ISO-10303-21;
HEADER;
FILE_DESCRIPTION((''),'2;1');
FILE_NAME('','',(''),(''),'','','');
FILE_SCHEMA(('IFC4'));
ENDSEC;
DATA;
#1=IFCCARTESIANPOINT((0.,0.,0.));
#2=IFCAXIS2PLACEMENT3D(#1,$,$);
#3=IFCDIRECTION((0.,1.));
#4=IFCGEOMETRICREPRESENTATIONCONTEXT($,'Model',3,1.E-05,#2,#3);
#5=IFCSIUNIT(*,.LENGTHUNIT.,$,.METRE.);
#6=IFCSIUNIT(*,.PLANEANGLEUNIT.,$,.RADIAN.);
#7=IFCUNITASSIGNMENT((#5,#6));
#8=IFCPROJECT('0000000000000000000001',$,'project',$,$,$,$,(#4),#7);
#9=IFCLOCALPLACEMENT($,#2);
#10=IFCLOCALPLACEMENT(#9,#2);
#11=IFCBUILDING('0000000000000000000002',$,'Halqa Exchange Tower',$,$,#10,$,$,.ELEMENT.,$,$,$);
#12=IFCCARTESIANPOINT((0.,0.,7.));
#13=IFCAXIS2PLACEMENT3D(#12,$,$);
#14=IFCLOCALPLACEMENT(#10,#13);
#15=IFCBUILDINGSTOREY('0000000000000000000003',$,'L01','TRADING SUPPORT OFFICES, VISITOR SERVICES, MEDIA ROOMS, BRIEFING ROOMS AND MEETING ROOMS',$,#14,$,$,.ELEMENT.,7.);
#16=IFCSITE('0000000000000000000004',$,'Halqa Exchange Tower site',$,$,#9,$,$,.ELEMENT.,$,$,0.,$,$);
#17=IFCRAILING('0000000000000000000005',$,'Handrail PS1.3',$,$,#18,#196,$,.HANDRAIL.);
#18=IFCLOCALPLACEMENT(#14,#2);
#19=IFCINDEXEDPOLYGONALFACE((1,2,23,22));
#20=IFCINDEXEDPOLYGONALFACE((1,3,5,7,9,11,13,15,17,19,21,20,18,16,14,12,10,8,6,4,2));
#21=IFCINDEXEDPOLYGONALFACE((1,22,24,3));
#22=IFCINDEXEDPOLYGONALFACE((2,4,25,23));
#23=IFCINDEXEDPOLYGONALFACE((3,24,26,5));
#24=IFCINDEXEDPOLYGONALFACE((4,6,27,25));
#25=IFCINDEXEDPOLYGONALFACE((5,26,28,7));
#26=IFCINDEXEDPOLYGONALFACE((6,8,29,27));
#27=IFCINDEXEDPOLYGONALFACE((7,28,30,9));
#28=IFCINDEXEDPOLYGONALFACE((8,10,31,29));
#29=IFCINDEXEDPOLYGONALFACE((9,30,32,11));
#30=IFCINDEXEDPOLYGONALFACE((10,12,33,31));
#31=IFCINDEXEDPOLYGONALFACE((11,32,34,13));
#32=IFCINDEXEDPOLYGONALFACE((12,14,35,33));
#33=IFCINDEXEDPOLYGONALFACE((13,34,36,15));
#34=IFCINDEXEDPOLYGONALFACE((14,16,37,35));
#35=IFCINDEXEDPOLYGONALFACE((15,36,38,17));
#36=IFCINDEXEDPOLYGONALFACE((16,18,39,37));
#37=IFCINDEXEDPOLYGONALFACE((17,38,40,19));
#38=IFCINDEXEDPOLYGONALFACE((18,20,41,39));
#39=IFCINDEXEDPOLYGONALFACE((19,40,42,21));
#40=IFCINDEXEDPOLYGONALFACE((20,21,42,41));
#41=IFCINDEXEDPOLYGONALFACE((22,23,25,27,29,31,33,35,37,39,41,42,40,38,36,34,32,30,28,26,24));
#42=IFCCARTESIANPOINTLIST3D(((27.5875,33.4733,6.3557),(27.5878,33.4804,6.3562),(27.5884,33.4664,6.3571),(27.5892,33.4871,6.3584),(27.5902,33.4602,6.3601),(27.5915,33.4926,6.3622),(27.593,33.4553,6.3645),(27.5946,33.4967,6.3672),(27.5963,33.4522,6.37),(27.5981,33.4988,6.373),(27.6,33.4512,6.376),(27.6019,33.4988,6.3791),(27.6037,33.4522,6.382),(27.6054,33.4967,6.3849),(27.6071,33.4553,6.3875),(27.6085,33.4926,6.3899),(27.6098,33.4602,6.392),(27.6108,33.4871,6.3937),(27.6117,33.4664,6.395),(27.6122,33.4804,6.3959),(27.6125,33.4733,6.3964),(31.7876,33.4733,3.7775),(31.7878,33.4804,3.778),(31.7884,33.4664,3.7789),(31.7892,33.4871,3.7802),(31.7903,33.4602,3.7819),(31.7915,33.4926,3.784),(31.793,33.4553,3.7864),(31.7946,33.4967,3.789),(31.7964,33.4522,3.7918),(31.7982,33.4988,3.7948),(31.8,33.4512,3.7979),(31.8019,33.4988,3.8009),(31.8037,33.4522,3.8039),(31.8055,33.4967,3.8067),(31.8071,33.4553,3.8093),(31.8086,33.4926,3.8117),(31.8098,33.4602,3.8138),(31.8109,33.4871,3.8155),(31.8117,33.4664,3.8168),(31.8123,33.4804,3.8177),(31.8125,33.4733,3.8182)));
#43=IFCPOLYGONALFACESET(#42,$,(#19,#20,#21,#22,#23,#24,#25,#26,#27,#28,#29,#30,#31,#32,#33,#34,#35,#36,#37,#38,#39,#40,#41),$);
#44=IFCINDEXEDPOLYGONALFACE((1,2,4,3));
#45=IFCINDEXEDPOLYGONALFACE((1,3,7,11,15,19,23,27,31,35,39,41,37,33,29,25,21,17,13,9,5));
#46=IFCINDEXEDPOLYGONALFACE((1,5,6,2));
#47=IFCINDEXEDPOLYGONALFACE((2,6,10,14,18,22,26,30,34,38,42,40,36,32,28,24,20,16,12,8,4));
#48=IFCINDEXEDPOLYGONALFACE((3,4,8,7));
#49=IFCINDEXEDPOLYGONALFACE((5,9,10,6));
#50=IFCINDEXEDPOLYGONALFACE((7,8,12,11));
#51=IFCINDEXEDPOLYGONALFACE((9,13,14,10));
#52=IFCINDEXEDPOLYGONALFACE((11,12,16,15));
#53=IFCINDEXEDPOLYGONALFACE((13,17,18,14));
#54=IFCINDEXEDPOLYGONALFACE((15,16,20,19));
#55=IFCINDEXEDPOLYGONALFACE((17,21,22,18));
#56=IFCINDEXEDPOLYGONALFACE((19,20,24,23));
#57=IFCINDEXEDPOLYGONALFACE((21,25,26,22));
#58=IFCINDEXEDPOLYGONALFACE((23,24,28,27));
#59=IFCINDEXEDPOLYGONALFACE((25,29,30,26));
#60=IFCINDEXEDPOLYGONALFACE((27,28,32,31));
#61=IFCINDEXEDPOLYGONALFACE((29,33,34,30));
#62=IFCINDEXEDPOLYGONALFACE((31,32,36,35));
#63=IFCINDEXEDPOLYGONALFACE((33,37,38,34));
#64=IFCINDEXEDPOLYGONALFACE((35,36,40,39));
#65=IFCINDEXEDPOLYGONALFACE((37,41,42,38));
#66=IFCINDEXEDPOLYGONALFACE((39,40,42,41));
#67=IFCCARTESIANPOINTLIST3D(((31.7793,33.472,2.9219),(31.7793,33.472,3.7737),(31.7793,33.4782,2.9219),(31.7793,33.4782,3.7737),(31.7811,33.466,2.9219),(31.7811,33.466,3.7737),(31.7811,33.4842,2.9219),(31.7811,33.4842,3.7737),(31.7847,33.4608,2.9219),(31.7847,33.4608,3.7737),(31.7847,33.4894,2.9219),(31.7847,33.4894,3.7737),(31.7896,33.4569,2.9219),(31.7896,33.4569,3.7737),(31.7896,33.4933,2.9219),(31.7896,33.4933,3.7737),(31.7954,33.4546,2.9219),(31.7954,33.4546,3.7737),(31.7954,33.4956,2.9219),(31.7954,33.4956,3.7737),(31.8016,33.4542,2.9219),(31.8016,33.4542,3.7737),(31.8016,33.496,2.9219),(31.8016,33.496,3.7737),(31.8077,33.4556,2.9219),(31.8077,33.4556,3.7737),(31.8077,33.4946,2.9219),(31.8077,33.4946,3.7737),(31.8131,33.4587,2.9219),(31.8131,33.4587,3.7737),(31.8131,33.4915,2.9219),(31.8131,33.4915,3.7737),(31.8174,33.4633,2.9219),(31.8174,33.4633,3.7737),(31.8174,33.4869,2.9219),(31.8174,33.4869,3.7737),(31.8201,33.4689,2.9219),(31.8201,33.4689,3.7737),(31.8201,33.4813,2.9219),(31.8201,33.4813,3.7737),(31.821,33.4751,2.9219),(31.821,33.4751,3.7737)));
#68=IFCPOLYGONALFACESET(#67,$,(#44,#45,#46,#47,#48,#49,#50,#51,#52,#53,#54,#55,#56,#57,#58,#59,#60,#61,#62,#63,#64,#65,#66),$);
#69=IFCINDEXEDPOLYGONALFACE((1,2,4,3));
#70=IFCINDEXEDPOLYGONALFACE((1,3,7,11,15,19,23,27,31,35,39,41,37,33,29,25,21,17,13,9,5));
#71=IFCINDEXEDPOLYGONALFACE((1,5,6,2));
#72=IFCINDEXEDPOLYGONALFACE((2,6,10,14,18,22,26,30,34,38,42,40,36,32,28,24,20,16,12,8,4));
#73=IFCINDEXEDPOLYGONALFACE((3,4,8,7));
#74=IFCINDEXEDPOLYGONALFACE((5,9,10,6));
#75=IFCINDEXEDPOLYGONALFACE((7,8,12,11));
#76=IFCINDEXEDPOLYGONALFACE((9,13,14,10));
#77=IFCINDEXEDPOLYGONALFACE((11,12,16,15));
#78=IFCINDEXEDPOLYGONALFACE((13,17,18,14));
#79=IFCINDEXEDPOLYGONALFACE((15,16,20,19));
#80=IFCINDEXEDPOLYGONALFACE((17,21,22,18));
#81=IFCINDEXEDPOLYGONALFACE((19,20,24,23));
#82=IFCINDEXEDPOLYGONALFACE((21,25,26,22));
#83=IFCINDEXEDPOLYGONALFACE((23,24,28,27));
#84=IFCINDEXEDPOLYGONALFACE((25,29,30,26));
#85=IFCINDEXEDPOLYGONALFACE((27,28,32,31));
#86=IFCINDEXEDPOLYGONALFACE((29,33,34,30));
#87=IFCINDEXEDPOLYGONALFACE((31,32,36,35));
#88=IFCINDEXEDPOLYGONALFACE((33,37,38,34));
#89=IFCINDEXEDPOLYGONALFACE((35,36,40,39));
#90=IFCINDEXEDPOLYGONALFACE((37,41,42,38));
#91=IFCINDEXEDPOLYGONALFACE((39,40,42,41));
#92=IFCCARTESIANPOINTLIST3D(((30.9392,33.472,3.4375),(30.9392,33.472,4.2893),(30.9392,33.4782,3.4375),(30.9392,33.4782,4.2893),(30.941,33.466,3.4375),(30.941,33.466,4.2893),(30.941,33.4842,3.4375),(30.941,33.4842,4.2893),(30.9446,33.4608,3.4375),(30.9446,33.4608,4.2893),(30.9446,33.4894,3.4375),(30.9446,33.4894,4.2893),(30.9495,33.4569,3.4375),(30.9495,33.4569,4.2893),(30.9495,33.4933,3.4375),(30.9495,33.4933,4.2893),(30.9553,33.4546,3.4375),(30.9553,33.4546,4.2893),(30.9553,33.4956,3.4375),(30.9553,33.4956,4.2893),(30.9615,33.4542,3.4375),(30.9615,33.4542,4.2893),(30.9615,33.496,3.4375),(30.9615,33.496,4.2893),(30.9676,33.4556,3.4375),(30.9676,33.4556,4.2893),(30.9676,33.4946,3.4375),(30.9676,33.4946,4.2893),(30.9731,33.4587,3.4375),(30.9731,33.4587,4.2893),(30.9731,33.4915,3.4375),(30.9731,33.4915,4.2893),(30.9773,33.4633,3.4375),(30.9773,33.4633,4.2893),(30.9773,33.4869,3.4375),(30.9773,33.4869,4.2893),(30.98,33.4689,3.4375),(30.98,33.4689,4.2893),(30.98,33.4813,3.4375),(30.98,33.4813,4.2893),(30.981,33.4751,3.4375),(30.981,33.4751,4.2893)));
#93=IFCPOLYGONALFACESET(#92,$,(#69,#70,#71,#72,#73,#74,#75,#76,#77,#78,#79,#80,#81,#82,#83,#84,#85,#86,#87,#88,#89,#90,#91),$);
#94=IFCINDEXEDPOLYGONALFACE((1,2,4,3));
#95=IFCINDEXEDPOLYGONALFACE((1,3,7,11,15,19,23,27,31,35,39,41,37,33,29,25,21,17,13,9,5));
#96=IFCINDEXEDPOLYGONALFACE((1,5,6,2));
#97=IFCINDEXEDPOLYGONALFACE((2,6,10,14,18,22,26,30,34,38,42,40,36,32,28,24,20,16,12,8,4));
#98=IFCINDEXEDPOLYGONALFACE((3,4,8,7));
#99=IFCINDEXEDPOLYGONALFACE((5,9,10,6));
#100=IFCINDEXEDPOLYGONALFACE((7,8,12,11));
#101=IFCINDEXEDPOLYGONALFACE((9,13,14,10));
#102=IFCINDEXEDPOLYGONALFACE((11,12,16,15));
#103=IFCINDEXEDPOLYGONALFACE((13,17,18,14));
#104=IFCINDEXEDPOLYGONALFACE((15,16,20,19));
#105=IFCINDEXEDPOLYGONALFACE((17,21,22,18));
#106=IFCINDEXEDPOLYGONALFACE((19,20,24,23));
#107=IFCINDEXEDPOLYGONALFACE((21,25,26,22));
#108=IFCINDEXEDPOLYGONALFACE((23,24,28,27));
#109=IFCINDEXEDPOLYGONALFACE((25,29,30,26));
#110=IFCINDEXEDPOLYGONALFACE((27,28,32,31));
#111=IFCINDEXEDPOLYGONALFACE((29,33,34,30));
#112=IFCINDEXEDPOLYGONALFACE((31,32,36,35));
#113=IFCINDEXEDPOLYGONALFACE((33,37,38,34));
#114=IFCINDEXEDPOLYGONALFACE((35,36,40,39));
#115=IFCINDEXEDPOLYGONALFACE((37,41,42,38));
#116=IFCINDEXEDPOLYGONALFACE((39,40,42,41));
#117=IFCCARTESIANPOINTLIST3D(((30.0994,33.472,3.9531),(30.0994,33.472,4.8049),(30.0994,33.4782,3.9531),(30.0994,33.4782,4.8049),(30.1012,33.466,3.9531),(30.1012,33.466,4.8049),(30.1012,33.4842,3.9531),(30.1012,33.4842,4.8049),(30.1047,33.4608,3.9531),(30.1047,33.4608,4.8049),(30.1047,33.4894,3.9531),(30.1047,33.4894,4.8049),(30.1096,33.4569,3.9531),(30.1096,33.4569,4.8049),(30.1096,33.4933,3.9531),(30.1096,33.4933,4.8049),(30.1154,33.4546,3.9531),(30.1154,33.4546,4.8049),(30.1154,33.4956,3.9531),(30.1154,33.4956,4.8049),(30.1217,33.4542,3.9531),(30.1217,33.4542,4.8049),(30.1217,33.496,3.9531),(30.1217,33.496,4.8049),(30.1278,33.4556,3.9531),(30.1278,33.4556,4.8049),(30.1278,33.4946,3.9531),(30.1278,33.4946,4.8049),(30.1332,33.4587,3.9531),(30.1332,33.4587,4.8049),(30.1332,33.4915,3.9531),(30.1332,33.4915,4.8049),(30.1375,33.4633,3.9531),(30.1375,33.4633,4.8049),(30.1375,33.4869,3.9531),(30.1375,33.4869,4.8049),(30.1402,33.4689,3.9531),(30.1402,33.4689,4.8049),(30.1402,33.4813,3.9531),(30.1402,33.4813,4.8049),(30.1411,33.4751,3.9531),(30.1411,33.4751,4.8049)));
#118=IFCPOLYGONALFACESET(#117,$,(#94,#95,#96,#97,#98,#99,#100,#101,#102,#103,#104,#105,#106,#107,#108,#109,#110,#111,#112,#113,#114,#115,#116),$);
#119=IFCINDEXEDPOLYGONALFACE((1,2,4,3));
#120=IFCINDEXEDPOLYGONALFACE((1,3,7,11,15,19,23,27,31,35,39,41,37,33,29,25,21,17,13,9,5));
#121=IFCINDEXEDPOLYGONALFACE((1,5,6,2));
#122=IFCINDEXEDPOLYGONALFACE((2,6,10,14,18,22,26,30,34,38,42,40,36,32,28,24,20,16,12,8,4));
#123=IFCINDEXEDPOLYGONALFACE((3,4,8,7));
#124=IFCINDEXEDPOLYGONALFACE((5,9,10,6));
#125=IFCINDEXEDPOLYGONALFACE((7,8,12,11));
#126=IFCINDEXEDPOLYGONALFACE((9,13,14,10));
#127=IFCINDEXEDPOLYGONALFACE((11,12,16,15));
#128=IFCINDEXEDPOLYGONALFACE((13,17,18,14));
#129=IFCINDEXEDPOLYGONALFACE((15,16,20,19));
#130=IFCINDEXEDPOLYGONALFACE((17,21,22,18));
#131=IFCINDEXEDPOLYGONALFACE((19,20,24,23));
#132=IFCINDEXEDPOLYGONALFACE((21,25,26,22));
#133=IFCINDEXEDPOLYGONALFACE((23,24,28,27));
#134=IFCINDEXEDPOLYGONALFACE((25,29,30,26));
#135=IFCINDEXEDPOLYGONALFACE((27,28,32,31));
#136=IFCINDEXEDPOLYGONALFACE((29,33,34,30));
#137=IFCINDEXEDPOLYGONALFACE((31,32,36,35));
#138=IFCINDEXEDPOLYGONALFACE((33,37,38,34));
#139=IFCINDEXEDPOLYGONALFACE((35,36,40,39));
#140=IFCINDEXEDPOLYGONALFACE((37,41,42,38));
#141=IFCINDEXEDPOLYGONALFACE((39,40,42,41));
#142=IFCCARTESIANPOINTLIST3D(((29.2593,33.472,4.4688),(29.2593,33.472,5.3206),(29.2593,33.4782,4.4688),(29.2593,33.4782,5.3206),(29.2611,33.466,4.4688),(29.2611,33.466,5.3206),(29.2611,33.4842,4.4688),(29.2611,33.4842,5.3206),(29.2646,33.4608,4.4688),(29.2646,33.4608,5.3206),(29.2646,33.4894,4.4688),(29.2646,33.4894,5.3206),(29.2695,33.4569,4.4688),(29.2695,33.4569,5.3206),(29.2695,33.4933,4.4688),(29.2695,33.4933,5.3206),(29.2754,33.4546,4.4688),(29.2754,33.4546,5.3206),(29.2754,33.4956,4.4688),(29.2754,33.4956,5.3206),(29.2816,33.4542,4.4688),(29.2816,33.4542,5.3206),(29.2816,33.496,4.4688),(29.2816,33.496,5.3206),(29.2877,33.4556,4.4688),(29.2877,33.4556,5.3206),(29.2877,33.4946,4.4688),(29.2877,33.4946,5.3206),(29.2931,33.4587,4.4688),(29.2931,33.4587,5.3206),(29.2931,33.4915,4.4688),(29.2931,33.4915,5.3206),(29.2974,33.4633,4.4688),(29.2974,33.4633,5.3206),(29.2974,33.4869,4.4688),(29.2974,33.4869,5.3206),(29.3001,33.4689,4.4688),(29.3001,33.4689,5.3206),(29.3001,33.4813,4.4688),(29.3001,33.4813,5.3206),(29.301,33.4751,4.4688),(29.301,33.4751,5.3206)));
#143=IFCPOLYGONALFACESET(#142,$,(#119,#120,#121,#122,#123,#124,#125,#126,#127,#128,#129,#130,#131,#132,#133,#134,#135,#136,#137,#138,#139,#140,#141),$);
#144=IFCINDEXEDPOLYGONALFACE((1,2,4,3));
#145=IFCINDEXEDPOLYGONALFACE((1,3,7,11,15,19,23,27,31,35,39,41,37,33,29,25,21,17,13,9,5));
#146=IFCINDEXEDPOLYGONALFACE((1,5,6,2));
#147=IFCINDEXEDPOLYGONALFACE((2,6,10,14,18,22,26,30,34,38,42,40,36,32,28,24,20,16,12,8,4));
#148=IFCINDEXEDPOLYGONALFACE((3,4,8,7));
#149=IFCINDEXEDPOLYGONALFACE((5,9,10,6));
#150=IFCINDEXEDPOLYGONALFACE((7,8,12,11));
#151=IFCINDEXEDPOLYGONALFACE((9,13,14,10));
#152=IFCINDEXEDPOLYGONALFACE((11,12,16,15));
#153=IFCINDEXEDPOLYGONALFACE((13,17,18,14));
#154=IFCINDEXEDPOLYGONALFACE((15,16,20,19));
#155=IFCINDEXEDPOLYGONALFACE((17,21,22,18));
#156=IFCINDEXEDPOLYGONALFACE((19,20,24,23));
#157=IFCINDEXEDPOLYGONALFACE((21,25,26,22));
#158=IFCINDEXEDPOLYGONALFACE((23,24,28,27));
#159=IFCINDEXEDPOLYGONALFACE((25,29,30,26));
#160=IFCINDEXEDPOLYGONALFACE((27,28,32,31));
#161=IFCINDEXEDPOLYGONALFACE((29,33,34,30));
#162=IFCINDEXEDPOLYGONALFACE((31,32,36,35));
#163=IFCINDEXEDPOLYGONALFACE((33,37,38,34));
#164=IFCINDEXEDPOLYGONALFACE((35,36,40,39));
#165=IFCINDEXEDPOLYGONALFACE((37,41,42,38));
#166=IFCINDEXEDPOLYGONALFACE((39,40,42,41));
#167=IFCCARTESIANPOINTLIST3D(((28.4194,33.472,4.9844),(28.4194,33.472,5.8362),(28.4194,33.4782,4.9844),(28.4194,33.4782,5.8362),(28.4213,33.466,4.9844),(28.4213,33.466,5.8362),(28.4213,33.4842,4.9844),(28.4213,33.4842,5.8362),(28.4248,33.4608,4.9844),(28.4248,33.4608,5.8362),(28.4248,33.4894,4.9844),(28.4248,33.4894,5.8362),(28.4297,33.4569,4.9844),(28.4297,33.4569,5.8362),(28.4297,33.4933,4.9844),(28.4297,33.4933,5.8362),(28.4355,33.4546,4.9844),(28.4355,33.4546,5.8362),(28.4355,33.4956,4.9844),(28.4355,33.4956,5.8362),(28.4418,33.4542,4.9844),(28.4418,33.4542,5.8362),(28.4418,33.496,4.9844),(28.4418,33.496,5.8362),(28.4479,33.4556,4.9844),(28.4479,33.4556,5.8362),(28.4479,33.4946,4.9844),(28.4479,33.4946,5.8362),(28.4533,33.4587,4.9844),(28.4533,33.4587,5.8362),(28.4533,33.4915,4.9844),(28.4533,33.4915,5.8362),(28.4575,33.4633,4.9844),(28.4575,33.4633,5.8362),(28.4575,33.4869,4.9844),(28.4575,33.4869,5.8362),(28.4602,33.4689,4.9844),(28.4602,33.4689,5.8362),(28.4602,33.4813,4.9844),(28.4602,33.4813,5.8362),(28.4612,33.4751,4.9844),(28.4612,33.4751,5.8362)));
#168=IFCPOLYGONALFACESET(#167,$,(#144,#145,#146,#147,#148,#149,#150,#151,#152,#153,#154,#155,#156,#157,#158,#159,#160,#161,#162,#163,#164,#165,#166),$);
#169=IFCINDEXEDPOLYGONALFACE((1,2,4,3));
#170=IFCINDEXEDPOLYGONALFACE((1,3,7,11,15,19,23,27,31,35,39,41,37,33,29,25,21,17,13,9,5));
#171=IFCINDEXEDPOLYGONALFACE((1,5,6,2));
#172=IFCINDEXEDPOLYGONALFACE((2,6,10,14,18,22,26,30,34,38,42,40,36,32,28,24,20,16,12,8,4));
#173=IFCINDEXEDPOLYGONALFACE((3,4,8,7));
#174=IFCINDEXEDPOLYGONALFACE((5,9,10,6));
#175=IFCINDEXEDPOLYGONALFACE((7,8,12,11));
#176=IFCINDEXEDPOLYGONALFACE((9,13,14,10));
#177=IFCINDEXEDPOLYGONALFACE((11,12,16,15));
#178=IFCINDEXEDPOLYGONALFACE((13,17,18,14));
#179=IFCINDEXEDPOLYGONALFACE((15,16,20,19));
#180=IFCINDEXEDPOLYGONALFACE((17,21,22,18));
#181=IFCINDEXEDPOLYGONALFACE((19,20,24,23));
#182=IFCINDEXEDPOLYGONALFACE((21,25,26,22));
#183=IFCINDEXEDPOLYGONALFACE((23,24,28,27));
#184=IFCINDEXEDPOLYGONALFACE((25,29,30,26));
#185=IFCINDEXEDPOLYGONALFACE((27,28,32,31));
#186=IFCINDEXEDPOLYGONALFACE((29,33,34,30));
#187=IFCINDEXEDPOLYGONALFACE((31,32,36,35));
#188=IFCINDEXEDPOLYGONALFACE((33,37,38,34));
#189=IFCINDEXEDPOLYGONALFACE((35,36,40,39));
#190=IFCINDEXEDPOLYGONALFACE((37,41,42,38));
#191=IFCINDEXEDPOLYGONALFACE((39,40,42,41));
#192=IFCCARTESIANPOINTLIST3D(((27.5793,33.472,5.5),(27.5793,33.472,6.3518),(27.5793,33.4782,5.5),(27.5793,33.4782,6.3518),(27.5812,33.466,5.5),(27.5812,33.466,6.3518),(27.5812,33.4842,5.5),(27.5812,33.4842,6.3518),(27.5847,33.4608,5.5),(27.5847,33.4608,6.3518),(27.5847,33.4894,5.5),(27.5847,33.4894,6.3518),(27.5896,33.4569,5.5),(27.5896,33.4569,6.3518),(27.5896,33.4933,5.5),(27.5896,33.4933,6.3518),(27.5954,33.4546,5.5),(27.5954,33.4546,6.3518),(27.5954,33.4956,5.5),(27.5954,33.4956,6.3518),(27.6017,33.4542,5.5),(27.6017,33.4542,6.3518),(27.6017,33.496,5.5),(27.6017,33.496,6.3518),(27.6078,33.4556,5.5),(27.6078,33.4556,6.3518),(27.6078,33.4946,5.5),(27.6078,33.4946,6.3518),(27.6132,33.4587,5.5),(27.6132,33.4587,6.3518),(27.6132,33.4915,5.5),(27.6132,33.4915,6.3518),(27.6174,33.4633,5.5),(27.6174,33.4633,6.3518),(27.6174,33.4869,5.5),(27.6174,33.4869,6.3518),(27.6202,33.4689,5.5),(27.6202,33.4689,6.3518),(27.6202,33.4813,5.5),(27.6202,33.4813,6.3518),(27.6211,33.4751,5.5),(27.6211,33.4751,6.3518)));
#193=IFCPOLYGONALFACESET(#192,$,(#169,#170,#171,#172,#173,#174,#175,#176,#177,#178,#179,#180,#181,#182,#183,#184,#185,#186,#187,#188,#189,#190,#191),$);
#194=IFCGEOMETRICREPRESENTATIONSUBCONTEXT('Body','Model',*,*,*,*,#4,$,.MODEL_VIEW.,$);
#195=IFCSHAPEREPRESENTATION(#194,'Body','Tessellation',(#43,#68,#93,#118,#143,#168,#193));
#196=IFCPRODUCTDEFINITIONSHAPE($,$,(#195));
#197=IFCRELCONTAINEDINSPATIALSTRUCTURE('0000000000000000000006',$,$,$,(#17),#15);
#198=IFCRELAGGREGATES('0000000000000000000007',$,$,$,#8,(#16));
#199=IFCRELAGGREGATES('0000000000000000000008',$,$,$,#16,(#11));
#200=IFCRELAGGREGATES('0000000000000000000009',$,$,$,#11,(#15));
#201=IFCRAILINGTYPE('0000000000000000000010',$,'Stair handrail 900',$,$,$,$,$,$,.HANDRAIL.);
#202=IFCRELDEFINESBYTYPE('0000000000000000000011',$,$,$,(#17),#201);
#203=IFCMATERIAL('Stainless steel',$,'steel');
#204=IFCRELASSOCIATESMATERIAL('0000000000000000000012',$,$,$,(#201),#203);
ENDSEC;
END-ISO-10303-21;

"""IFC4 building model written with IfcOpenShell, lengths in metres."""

from ifc_helpers import new_model, si_unit, direction, frame, origin, origin_2d, place, context, subcontext, project, spatial, circle, extrude, material, type_object, element, save


model = new_model("IFC4")

# Units and contexts
model_context = context("Model", 3, precision=1e-05, world=origin(), true_north=direction((0.0, 1.0)))
body_context = subcontext(model_context, "Body", "Model", "MODEL_VIEW")
ifc_project = project(units=[si_unit("LENGTHUNIT", "METRE"), si_unit("PLANEANGLEUNIT", "RADIAN")], contexts=[model_context])

# Site, building, storey
site_placement = place(None, origin())
site = spatial("IfcSite", under=ifc_project, at=site_placement, Name="Halqa Exchange Tower site", CompositionType="ELEMENT", RefElevation=0.0)
building_placement = place(site_placement, origin())
building = spatial("IfcBuilding", under=site, at=building_placement, Name="Halqa Exchange Tower", CompositionType="ELEMENT")
storey_placement = place(building_placement, frame((0.0, 0.0, 7.0)))
storey = spatial("IfcBuildingStorey", under=building, at=storey_placement, Name="L01", Description="TRADING SUPPORT OFFICES, VISITOR SERVICES, MEDIA ROOMS, BRIEFING ROOMS AND MEETING ROOMS", CompositionType="ELEMENT", Elevation=7.0)

# Railing
ifc_material_1 = material(Name="Stainless steel", Category="steel")
railing_type = type_object("IfcRailingType", Name="Stair handrail 900", PredefinedType="HANDRAIL", material=ifc_material_1)
railing_1_placement = place(storey_placement, frame((31.8, 33.4751, 2.9219)))
element("IfcRailing", 1, at=railing_1_placement, inside=storey, type_object=railing_type, Name="Handrail PS1.3", PredefinedType="HANDRAIL", context=body_context, shape_type="SweptSolid", body=[
    extrude(circle(Radius=0.0239, at=origin_2d()), frame((0.0, 0.0, 0.876), z_axis=(-0.852243, 0.0, 0.523146), x_axis=(0.0, -1.0, 0.0)), (0.0, 0.0, 1.0), 4.9282),
    extrude(circle(Radius=0.021, at=origin_2d()), origin(), (0.0, 0.0, 1.0), 0.8518),
    extrude(circle(Radius=0.021, at=origin_2d()), frame((-0.8401, 0.0, 0.5156)), (0.0, 0.0, 1.0), 0.8518),
    extrude(circle(Radius=0.021, at=origin_2d()), frame((-1.6799, 0.0, 1.0312)), (0.0, 0.0, 1.0), 0.8518),
    extrude(circle(Radius=0.021, at=origin_2d()), frame((-2.52, 0.0, 1.5469)), (0.0, 0.0, 1.0), 0.8518),
    extrude(circle(Radius=0.021, at=origin_2d()), frame((-3.3599, 0.0, 2.0625)), (0.0, 0.0, 1.0), 0.8518),
    extrude(circle(Radius=0.021, at=origin_2d()), frame((-4.2, 0.0, 2.5781)), (0.0, 0.0, 1.0), 0.8518),
])

save(model, "model.ifc")
